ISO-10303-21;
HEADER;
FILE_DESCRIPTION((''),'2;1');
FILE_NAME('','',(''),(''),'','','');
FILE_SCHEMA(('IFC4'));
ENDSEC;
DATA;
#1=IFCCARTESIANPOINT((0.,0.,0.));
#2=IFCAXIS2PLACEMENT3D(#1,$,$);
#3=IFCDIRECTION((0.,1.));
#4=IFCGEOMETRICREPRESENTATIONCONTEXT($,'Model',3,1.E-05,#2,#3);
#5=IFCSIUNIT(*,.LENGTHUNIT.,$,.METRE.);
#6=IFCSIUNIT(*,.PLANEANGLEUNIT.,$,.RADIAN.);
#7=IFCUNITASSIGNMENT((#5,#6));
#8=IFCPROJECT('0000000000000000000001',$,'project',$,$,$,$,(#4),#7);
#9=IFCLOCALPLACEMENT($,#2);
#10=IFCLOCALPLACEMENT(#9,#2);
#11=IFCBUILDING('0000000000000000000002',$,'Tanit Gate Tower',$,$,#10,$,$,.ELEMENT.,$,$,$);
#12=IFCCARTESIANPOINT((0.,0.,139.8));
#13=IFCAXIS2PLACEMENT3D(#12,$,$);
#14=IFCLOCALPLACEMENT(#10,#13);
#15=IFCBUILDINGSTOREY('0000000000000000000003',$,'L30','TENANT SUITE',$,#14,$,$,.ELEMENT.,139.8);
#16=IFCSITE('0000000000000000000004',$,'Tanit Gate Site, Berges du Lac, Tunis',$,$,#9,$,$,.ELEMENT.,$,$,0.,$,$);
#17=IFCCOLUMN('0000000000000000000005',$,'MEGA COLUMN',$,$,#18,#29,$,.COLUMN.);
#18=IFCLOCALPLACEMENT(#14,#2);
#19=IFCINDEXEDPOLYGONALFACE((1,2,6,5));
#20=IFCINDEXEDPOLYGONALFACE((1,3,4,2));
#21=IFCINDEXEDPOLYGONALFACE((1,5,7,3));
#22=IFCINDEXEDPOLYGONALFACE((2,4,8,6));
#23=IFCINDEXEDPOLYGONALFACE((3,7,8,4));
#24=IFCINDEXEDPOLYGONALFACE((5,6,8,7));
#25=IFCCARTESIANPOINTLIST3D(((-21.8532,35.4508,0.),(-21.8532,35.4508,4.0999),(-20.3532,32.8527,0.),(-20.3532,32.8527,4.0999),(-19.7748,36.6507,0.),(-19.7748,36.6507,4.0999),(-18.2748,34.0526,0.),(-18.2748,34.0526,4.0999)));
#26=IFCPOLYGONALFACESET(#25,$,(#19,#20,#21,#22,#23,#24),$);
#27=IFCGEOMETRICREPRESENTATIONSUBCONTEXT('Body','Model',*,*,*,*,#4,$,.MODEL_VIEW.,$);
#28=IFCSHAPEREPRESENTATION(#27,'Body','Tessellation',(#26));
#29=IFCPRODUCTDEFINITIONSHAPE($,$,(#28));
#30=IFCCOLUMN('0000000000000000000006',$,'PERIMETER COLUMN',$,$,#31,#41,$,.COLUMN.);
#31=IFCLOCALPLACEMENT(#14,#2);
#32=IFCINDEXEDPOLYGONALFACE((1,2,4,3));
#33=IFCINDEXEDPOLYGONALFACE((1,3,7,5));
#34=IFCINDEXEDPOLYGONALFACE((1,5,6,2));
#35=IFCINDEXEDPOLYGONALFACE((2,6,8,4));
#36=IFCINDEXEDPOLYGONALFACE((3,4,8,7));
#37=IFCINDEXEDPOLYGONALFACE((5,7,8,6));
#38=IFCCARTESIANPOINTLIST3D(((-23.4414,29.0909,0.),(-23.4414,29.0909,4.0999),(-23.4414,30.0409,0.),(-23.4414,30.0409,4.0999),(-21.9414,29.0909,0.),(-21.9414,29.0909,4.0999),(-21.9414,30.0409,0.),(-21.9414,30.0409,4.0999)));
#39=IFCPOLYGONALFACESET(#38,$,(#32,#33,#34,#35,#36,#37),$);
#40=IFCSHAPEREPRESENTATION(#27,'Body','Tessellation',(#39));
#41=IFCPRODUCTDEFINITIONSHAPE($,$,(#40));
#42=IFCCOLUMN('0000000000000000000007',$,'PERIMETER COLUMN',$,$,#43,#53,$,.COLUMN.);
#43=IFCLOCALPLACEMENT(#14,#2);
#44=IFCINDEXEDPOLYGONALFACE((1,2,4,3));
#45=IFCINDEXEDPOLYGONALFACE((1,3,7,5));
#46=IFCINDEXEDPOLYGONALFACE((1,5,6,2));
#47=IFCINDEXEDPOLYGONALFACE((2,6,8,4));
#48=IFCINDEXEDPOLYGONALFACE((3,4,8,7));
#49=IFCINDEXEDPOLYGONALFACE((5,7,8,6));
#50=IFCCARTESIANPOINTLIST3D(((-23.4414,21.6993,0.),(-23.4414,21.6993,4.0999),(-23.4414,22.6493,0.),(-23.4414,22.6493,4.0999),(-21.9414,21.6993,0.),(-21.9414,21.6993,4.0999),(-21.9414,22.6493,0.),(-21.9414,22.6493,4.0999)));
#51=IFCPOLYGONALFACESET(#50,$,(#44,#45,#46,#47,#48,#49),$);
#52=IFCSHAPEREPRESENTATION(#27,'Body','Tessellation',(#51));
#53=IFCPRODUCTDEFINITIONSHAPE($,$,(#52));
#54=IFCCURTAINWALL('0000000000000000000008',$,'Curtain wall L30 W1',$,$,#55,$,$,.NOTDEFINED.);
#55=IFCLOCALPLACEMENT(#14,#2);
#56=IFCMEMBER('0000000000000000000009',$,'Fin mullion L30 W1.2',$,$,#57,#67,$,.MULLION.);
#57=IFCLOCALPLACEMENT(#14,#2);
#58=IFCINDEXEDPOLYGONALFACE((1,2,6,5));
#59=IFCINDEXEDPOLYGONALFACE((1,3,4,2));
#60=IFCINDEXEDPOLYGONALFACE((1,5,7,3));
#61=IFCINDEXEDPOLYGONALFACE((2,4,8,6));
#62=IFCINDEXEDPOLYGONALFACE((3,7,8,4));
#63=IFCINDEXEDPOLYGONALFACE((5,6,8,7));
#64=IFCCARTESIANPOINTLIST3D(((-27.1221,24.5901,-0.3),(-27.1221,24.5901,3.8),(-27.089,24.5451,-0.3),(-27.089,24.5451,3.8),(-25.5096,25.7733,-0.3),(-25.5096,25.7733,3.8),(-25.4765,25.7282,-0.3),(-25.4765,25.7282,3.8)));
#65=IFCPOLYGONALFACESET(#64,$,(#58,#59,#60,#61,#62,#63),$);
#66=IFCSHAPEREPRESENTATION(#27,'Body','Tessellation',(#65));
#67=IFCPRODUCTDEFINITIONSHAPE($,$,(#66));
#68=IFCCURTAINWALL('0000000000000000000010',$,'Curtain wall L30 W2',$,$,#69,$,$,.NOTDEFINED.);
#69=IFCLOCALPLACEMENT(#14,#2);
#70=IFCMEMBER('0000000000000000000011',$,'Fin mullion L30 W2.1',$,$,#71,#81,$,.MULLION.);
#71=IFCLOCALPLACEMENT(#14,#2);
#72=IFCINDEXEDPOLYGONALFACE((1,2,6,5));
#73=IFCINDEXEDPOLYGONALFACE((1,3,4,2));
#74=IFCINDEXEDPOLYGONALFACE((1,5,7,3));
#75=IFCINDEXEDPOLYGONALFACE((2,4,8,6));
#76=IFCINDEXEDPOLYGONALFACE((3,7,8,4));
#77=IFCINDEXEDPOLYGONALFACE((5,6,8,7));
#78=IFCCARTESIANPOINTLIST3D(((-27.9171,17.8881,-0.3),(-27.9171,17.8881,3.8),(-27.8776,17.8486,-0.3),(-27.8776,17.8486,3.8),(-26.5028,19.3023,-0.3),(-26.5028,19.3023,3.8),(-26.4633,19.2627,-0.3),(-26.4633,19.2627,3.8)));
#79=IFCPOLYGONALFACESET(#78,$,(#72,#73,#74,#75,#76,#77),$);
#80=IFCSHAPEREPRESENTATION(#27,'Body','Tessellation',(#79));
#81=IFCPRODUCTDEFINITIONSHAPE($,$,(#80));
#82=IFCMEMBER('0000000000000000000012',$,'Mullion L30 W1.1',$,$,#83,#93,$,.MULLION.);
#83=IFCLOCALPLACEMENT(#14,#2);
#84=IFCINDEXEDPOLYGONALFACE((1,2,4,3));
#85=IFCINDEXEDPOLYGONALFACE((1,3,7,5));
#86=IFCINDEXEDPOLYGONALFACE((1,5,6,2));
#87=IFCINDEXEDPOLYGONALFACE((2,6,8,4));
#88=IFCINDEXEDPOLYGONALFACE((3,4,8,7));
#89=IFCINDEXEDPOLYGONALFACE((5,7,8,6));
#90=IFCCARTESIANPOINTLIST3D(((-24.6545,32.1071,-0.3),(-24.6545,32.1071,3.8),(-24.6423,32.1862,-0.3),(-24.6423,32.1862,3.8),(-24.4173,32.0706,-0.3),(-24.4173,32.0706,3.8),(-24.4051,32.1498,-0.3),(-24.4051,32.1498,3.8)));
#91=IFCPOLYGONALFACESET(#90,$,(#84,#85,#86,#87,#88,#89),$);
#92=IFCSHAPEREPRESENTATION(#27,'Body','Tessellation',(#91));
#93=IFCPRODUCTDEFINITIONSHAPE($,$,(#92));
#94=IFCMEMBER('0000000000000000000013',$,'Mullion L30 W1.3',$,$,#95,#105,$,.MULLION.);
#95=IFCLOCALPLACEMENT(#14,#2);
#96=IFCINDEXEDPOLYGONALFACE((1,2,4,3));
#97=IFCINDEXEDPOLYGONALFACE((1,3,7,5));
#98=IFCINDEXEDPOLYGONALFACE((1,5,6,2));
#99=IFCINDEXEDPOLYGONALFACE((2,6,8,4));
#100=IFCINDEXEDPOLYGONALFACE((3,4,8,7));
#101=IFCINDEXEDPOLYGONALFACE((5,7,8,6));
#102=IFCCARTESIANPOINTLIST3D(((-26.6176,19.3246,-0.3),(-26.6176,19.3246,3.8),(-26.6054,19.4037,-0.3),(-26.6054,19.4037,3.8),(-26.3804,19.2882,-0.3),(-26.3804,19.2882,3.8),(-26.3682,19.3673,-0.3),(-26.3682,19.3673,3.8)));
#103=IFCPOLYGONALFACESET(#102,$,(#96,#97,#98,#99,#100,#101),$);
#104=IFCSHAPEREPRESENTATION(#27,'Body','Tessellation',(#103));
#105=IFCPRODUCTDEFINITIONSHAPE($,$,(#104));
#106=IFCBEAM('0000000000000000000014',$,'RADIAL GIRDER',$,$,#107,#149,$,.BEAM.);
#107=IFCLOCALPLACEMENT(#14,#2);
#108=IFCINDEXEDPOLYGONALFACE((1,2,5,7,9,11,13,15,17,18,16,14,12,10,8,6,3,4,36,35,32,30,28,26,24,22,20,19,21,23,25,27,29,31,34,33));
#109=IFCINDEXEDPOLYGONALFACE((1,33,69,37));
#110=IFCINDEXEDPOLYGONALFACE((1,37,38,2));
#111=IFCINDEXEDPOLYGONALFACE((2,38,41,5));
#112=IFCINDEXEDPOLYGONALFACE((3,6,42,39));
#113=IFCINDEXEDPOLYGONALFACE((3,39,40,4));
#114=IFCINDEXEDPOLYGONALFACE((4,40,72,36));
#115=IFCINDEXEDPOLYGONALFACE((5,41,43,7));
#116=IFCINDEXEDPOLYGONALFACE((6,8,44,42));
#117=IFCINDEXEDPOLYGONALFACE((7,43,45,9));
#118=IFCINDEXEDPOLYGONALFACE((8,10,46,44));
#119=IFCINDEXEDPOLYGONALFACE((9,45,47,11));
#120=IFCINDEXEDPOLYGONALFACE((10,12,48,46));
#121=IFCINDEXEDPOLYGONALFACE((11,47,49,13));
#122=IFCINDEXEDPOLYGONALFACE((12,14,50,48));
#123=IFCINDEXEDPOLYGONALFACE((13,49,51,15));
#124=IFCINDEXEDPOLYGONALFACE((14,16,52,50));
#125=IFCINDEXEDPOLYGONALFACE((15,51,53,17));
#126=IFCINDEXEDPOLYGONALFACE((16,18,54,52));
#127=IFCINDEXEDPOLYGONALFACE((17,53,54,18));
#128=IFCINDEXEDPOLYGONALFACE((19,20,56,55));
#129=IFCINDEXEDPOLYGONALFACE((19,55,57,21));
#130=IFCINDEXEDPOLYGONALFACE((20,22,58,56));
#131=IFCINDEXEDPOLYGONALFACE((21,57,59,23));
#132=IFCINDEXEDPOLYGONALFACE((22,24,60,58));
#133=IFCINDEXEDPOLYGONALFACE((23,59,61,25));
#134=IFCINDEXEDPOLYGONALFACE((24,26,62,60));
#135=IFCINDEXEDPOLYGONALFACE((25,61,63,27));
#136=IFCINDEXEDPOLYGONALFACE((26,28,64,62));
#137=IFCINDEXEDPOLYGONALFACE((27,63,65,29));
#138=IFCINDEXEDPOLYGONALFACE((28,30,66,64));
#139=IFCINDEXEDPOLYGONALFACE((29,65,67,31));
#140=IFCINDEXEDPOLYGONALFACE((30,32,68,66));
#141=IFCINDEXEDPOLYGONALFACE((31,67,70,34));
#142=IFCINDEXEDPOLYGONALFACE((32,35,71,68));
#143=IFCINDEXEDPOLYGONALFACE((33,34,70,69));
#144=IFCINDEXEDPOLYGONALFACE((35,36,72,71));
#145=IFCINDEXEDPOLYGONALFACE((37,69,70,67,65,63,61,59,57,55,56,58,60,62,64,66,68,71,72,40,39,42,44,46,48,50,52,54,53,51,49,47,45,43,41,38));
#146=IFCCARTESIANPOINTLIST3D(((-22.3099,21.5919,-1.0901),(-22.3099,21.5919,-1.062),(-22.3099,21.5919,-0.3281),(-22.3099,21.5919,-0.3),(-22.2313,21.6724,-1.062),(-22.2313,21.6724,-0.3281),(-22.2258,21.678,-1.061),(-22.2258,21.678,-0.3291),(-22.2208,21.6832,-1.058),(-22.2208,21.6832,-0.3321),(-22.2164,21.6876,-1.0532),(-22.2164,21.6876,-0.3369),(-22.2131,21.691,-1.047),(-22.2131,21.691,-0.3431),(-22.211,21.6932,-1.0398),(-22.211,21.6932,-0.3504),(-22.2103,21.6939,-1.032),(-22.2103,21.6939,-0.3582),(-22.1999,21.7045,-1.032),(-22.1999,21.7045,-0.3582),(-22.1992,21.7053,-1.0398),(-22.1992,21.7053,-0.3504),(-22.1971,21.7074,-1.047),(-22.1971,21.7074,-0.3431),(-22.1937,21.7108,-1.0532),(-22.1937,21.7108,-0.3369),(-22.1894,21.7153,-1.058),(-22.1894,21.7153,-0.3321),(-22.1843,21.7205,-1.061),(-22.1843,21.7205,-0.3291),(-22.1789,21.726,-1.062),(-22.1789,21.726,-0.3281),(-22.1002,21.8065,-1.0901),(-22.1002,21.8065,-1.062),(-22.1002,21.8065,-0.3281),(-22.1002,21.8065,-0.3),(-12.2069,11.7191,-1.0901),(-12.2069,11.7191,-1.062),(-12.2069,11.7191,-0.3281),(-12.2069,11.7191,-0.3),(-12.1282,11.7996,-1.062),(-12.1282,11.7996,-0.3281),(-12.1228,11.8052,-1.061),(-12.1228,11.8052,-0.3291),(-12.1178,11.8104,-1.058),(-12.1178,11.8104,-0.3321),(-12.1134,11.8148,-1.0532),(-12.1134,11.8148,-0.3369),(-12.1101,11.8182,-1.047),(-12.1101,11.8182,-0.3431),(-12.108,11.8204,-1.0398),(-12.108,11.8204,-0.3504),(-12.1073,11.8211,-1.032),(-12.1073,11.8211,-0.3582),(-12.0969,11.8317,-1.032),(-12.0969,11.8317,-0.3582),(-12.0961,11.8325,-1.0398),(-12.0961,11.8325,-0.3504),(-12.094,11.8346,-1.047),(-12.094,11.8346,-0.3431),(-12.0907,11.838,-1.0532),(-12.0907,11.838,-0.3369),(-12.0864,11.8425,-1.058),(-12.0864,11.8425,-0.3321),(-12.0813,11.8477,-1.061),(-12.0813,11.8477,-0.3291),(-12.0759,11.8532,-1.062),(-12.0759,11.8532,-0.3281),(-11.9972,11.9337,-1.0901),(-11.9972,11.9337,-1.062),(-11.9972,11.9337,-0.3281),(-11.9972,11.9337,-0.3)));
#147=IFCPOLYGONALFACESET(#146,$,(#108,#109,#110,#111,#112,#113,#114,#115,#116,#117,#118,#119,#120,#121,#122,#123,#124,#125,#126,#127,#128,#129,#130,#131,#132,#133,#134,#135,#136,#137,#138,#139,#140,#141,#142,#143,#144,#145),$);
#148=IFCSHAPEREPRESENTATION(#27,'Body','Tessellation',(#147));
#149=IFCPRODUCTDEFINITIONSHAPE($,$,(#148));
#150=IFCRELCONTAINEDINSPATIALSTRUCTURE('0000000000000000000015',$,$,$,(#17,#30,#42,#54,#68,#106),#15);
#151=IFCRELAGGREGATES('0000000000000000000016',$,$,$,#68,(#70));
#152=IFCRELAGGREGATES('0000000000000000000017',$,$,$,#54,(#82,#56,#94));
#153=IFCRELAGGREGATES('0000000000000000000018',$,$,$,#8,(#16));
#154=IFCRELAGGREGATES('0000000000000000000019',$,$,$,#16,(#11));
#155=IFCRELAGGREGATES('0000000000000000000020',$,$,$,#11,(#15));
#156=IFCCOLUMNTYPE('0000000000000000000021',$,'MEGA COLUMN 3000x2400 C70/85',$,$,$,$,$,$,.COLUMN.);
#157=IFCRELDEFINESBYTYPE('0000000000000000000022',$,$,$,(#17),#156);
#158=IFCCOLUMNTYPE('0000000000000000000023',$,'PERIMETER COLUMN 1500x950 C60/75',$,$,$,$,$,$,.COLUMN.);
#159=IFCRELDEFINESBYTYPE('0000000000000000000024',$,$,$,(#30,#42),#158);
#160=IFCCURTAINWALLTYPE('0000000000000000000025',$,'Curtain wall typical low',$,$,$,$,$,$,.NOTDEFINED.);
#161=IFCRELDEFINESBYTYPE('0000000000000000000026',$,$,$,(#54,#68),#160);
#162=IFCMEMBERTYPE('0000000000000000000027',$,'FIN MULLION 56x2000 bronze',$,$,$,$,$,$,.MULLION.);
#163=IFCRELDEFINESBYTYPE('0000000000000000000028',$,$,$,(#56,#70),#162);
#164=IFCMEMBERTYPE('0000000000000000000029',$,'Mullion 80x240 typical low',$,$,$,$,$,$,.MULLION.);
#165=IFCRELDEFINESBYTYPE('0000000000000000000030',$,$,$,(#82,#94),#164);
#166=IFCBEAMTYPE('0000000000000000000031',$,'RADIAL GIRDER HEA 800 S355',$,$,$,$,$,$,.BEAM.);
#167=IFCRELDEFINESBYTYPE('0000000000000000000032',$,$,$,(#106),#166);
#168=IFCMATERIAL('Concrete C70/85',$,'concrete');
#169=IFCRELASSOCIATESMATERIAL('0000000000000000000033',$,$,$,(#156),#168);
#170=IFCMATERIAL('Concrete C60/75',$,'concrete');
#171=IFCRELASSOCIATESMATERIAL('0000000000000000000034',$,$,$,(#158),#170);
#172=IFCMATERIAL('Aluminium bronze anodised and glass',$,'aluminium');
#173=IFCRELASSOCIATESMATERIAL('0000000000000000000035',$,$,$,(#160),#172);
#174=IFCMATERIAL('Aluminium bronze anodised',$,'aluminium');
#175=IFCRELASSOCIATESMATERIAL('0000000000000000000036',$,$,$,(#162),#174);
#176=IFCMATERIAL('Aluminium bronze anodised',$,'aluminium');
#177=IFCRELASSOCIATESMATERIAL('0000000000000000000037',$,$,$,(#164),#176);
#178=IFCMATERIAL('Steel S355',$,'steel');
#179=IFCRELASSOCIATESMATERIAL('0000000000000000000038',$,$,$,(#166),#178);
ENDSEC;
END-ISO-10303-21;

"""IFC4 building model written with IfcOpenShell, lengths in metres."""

from ifc_helpers import new_model, si_unit, direction, frame, origin, origin_2d, place, context, subcontext, project, spatial, rectangle, i_section, extrude, material, material_profile, profile_set, type_object, element, aggregate, save


model = new_model("IFC4")

# Units and contexts
model_context = context("Model", 3, precision=1e-05, world=origin(), true_north=direction((0.0, 1.0)))
body_context = subcontext(model_context, "Body", "Model", "MODEL_VIEW")
ifc_project = project(units=[si_unit("LENGTHUNIT", "METRE"), si_unit("PLANEANGLEUNIT", "RADIAN")], contexts=[model_context])

# Site, building, storey
site_placement = place(None, origin())
site = spatial("IfcSite", under=ifc_project, at=site_placement, Name="Tanit Gate Site, Berges du Lac, Tunis", CompositionType="ELEMENT", RefElevation=0.0)
building_placement = place(site_placement, origin())
building = spatial("IfcBuilding", under=site, at=building_placement, Name="Tanit Gate Tower", CompositionType="ELEMENT")
storey_placement = place(building_placement, frame((0.0, 0.0, 139.8)))
storey = spatial("IfcBuildingStorey", under=building, at=storey_placement, Name="L30", Description="TENANT SUITE", CompositionType="ELEMENT", Elevation=139.8)

# Columns
ifc_material_1 = material(Name="Concrete C70/85", Category="concrete")
ifc_material_profile_1 = material_profile(ifc_material_1, rectangle(XDim=3.0, YDim=2.3999, at=origin_2d()), Name="RC 3000x2400")
ifc_profile_set_1 = profile_set([ifc_material_profile_1], Name="Concrete C70/85")
column_type_1 = type_object("IfcColumnType", Name="MEGA COLUMN 3000x2400 C70/85", PredefinedType="COLUMN", material=ifc_profile_set_1)
column_placement = place(storey_placement, frame((-20.064, 34.7517, 0.0), z_axis=(0.0, 0.0, 1.0), x_axis=(-0.5, 0.866025, 0.0)))
element("IfcColumn", 1, at=column_placement, inside=storey, type_object=column_type_1, Name="MEGA COLUMN", PredefinedType="COLUMN", context=body_context, shape_type="SweptSolid", body=[
    extrude(rectangle(XDim=3.0, YDim=2.3999, at=origin_2d()), origin(), (0.0, 0.0, 1.0), 4.0999),
])
ifc_material_2 = material(Name="Concrete C60/75", Category="concrete")
ifc_material_profile_2 = material_profile(ifc_material_2, rectangle(XDim=1.5, YDim=0.95, at=origin_2d()), Name="RC 1500x950")
ifc_profile_set_2 = profile_set([ifc_material_profile_2], Name="Concrete C60/75")
column_type_2 = type_object("IfcColumnType", Name="PERIMETER COLUMN 1500x950 C60/75", PredefinedType="COLUMN", material=ifc_profile_set_2)
for number, where, z_axis, x_axis, name in (
    (2, (-22.6914, 29.5659, 0.0), (0.0, 0.0, 1.0), (-1.0, 0.0, 0.0), "PERIMETER COLUMN"),
    (3, (-22.6914, 22.1743, 0.0), (0.0, 0.0, 1.0), (-1.0, 0.0, 0.0), "PERIMETER COLUMN"),
):
    element("IfcColumn", number, at=place(storey_placement, frame(where, z_axis=z_axis, x_axis=x_axis)), inside=storey, type_object=column_type_2, Name=name, PredefinedType="COLUMN", context=body_context, shape_type="SweptSolid", body=[
        extrude(rectangle(XDim=1.5, YDim=0.95, at=origin_2d()), origin(), (0.0, 0.0, 1.0), 4.0999),
    ])

# Curtain walls, members
ifc_material_3 = material(Name="Aluminium bronze anodised and glass", Category="aluminium")
curtain_wall_type = type_object("IfcCurtainWallType", Name="Curtain wall typical low", PredefinedType="NOTDEFINED", material=ifc_material_3)
curtain_wall_1_placement = place(storey_placement, origin())
curtain_wall_1 = element("IfcCurtainWall", 4, at=curtain_wall_1_placement, inside=storey, type_object=curtain_wall_type, Name="Curtain wall L30 W1", PredefinedType="NOTDEFINED")
ifc_material_4 = material(Name="Aluminium bronze anodised", Category="aluminium")
ifc_material_profile_3 = material_profile(ifc_material_4, rectangle(XDim=2.0, YDim=0.0559, at=origin_2d()), Name="56x2000 bronze fin mullion")
ifc_profile_set_3 = profile_set([ifc_material_profile_3], Name="Aluminium bronze anodised")
member_type_1 = type_object("IfcMemberType", Name="FIN MULLION 56x2000 bronze", PredefinedType="MULLION", material=ifc_profile_set_3)
member_1_placement = place(storey_placement, frame((-26.2993, 25.1592, -0.3), z_axis=(0.0, 0.0, 1.0), x_axis=(0.806255, 0.591568, 0.0)))
member_1 = element("IfcMember", 5, at=member_1_placement, type_object=member_type_1, Name="Fin mullion L30 W1.2", PredefinedType="MULLION", context=body_context, shape_type="SweptSolid", body=[
    extrude(rectangle(XDim=2.0, YDim=0.0559, at=origin_2d()), origin(), (0.0, 0.0, 1.0), 4.1001),
])
curtain_wall_2_placement = place(storey_placement, origin())
curtain_wall_2 = element("IfcCurtainWall", 6, at=curtain_wall_2_placement, inside=storey, type_object=curtain_wall_type, Name="Curtain wall L30 W2", PredefinedType="NOTDEFINED")
member_2_placement = place(storey_placement, frame((-27.1902, 18.5754, -0.3), z_axis=(0.0, 0.0, 1.0), x_axis=(0.707156, 0.707058, 0.0)))
member_2 = element("IfcMember", 7, at=member_2_placement, type_object=member_type_1, Name="Fin mullion L30 W2.1", PredefinedType="MULLION", context=body_context, shape_type="SweptSolid", body=[
    extrude(rectangle(XDim=2.0, YDim=0.0559, at=origin_2d()), origin(), (0.0, 0.0, 1.0), 4.1001),
])

# Members
ifc_material_5 = material(Name="Aluminium bronze anodised", Category="aluminium")
ifc_material_profile_4 = material_profile(ifc_material_5, rectangle(XDim=0.24, YDim=0.0801, at=origin_2d()), Name="80x240 bronze mullion")
ifc_profile_set_4 = profile_set([ifc_material_profile_4], Name="Aluminium bronze anodised")
member_type_2 = type_object("IfcMemberType", Name="Mullion 80x240 typical low", PredefinedType="MULLION", material=ifc_profile_set_4)
member_3_placement = place(storey_placement, frame((-24.5298, 32.1284, -0.3), z_axis=(0.0, 0.0, 1.0), x_axis=(0.98841, -0.151807, 0.0)))
member_3 = element("IfcMember", 8, at=member_3_placement, type_object=member_type_2, Name="Mullion L30 W1.1", PredefinedType="MULLION", context=body_context, shape_type="SweptSolid", body=[
    extrude(rectangle(XDim=0.24, YDim=0.0801, at=origin_2d()), origin(), (0.0, 0.0, 1.0), 4.1001),
])
member_4_placement = place(storey_placement, frame((-26.4929, 19.3459, -0.3), z_axis=(0.0, 0.0, 1.0), x_axis=(0.98841, -0.151807, 0.0)))
member_4 = element("IfcMember", 9, at=member_4_placement, type_object=member_type_2, Name="Mullion L30 W1.3", PredefinedType="MULLION", context=body_context, shape_type="SweptSolid", body=[
    extrude(rectangle(XDim=0.24, YDim=0.0801, at=origin_2d()), origin(), (0.0, 0.0, 1.0), 4.1001),
])

# Beam
ifc_material_6 = material(Name="Steel S355", Category="steel")
ifc_material_profile_5 = material_profile(ifc_material_6, i_section(OverallWidth=0.3, OverallDepth=0.79, WebThickness=0.0149, FlangeThickness=0.0281, FilletRadius=0.03, at=origin_2d()), Name="HEA 800")
ifc_profile_set_5 = profile_set([ifc_material_profile_5], Name="Steel S355")
beam_type_1 = type_object("IfcBeamType", Name="RADIAL GIRDER HEA 800 S355", PredefinedType="BEAM", material=ifc_profile_set_5)
beam_1_placement = place(storey_placement, frame((-22.2051, 21.6992, -0.6951), z_axis=(0.715209, -0.698911, 0.0), x_axis=(0.698911, 0.715209, 0.0)))
element("IfcBeam", 10, at=beam_1_placement, inside=storey, type_object=beam_type_1, Name="RADIAL GIRDER", PredefinedType="BEAM", context=body_context, shape_type="SweptSolid", body=[
    extrude(i_section(OverallWidth=0.3, OverallDepth=0.79, WebThickness=0.0149, FlangeThickness=0.0281, FilletRadius=0.03, at=origin_2d()), origin(), (0.0, 0.0, 1.0), 14.126),
])

aggregate(curtain_wall_2, [member_2])

aggregate(curtain_wall_1, [member_3, member_1, member_4])

save(model, "model.ifc")
